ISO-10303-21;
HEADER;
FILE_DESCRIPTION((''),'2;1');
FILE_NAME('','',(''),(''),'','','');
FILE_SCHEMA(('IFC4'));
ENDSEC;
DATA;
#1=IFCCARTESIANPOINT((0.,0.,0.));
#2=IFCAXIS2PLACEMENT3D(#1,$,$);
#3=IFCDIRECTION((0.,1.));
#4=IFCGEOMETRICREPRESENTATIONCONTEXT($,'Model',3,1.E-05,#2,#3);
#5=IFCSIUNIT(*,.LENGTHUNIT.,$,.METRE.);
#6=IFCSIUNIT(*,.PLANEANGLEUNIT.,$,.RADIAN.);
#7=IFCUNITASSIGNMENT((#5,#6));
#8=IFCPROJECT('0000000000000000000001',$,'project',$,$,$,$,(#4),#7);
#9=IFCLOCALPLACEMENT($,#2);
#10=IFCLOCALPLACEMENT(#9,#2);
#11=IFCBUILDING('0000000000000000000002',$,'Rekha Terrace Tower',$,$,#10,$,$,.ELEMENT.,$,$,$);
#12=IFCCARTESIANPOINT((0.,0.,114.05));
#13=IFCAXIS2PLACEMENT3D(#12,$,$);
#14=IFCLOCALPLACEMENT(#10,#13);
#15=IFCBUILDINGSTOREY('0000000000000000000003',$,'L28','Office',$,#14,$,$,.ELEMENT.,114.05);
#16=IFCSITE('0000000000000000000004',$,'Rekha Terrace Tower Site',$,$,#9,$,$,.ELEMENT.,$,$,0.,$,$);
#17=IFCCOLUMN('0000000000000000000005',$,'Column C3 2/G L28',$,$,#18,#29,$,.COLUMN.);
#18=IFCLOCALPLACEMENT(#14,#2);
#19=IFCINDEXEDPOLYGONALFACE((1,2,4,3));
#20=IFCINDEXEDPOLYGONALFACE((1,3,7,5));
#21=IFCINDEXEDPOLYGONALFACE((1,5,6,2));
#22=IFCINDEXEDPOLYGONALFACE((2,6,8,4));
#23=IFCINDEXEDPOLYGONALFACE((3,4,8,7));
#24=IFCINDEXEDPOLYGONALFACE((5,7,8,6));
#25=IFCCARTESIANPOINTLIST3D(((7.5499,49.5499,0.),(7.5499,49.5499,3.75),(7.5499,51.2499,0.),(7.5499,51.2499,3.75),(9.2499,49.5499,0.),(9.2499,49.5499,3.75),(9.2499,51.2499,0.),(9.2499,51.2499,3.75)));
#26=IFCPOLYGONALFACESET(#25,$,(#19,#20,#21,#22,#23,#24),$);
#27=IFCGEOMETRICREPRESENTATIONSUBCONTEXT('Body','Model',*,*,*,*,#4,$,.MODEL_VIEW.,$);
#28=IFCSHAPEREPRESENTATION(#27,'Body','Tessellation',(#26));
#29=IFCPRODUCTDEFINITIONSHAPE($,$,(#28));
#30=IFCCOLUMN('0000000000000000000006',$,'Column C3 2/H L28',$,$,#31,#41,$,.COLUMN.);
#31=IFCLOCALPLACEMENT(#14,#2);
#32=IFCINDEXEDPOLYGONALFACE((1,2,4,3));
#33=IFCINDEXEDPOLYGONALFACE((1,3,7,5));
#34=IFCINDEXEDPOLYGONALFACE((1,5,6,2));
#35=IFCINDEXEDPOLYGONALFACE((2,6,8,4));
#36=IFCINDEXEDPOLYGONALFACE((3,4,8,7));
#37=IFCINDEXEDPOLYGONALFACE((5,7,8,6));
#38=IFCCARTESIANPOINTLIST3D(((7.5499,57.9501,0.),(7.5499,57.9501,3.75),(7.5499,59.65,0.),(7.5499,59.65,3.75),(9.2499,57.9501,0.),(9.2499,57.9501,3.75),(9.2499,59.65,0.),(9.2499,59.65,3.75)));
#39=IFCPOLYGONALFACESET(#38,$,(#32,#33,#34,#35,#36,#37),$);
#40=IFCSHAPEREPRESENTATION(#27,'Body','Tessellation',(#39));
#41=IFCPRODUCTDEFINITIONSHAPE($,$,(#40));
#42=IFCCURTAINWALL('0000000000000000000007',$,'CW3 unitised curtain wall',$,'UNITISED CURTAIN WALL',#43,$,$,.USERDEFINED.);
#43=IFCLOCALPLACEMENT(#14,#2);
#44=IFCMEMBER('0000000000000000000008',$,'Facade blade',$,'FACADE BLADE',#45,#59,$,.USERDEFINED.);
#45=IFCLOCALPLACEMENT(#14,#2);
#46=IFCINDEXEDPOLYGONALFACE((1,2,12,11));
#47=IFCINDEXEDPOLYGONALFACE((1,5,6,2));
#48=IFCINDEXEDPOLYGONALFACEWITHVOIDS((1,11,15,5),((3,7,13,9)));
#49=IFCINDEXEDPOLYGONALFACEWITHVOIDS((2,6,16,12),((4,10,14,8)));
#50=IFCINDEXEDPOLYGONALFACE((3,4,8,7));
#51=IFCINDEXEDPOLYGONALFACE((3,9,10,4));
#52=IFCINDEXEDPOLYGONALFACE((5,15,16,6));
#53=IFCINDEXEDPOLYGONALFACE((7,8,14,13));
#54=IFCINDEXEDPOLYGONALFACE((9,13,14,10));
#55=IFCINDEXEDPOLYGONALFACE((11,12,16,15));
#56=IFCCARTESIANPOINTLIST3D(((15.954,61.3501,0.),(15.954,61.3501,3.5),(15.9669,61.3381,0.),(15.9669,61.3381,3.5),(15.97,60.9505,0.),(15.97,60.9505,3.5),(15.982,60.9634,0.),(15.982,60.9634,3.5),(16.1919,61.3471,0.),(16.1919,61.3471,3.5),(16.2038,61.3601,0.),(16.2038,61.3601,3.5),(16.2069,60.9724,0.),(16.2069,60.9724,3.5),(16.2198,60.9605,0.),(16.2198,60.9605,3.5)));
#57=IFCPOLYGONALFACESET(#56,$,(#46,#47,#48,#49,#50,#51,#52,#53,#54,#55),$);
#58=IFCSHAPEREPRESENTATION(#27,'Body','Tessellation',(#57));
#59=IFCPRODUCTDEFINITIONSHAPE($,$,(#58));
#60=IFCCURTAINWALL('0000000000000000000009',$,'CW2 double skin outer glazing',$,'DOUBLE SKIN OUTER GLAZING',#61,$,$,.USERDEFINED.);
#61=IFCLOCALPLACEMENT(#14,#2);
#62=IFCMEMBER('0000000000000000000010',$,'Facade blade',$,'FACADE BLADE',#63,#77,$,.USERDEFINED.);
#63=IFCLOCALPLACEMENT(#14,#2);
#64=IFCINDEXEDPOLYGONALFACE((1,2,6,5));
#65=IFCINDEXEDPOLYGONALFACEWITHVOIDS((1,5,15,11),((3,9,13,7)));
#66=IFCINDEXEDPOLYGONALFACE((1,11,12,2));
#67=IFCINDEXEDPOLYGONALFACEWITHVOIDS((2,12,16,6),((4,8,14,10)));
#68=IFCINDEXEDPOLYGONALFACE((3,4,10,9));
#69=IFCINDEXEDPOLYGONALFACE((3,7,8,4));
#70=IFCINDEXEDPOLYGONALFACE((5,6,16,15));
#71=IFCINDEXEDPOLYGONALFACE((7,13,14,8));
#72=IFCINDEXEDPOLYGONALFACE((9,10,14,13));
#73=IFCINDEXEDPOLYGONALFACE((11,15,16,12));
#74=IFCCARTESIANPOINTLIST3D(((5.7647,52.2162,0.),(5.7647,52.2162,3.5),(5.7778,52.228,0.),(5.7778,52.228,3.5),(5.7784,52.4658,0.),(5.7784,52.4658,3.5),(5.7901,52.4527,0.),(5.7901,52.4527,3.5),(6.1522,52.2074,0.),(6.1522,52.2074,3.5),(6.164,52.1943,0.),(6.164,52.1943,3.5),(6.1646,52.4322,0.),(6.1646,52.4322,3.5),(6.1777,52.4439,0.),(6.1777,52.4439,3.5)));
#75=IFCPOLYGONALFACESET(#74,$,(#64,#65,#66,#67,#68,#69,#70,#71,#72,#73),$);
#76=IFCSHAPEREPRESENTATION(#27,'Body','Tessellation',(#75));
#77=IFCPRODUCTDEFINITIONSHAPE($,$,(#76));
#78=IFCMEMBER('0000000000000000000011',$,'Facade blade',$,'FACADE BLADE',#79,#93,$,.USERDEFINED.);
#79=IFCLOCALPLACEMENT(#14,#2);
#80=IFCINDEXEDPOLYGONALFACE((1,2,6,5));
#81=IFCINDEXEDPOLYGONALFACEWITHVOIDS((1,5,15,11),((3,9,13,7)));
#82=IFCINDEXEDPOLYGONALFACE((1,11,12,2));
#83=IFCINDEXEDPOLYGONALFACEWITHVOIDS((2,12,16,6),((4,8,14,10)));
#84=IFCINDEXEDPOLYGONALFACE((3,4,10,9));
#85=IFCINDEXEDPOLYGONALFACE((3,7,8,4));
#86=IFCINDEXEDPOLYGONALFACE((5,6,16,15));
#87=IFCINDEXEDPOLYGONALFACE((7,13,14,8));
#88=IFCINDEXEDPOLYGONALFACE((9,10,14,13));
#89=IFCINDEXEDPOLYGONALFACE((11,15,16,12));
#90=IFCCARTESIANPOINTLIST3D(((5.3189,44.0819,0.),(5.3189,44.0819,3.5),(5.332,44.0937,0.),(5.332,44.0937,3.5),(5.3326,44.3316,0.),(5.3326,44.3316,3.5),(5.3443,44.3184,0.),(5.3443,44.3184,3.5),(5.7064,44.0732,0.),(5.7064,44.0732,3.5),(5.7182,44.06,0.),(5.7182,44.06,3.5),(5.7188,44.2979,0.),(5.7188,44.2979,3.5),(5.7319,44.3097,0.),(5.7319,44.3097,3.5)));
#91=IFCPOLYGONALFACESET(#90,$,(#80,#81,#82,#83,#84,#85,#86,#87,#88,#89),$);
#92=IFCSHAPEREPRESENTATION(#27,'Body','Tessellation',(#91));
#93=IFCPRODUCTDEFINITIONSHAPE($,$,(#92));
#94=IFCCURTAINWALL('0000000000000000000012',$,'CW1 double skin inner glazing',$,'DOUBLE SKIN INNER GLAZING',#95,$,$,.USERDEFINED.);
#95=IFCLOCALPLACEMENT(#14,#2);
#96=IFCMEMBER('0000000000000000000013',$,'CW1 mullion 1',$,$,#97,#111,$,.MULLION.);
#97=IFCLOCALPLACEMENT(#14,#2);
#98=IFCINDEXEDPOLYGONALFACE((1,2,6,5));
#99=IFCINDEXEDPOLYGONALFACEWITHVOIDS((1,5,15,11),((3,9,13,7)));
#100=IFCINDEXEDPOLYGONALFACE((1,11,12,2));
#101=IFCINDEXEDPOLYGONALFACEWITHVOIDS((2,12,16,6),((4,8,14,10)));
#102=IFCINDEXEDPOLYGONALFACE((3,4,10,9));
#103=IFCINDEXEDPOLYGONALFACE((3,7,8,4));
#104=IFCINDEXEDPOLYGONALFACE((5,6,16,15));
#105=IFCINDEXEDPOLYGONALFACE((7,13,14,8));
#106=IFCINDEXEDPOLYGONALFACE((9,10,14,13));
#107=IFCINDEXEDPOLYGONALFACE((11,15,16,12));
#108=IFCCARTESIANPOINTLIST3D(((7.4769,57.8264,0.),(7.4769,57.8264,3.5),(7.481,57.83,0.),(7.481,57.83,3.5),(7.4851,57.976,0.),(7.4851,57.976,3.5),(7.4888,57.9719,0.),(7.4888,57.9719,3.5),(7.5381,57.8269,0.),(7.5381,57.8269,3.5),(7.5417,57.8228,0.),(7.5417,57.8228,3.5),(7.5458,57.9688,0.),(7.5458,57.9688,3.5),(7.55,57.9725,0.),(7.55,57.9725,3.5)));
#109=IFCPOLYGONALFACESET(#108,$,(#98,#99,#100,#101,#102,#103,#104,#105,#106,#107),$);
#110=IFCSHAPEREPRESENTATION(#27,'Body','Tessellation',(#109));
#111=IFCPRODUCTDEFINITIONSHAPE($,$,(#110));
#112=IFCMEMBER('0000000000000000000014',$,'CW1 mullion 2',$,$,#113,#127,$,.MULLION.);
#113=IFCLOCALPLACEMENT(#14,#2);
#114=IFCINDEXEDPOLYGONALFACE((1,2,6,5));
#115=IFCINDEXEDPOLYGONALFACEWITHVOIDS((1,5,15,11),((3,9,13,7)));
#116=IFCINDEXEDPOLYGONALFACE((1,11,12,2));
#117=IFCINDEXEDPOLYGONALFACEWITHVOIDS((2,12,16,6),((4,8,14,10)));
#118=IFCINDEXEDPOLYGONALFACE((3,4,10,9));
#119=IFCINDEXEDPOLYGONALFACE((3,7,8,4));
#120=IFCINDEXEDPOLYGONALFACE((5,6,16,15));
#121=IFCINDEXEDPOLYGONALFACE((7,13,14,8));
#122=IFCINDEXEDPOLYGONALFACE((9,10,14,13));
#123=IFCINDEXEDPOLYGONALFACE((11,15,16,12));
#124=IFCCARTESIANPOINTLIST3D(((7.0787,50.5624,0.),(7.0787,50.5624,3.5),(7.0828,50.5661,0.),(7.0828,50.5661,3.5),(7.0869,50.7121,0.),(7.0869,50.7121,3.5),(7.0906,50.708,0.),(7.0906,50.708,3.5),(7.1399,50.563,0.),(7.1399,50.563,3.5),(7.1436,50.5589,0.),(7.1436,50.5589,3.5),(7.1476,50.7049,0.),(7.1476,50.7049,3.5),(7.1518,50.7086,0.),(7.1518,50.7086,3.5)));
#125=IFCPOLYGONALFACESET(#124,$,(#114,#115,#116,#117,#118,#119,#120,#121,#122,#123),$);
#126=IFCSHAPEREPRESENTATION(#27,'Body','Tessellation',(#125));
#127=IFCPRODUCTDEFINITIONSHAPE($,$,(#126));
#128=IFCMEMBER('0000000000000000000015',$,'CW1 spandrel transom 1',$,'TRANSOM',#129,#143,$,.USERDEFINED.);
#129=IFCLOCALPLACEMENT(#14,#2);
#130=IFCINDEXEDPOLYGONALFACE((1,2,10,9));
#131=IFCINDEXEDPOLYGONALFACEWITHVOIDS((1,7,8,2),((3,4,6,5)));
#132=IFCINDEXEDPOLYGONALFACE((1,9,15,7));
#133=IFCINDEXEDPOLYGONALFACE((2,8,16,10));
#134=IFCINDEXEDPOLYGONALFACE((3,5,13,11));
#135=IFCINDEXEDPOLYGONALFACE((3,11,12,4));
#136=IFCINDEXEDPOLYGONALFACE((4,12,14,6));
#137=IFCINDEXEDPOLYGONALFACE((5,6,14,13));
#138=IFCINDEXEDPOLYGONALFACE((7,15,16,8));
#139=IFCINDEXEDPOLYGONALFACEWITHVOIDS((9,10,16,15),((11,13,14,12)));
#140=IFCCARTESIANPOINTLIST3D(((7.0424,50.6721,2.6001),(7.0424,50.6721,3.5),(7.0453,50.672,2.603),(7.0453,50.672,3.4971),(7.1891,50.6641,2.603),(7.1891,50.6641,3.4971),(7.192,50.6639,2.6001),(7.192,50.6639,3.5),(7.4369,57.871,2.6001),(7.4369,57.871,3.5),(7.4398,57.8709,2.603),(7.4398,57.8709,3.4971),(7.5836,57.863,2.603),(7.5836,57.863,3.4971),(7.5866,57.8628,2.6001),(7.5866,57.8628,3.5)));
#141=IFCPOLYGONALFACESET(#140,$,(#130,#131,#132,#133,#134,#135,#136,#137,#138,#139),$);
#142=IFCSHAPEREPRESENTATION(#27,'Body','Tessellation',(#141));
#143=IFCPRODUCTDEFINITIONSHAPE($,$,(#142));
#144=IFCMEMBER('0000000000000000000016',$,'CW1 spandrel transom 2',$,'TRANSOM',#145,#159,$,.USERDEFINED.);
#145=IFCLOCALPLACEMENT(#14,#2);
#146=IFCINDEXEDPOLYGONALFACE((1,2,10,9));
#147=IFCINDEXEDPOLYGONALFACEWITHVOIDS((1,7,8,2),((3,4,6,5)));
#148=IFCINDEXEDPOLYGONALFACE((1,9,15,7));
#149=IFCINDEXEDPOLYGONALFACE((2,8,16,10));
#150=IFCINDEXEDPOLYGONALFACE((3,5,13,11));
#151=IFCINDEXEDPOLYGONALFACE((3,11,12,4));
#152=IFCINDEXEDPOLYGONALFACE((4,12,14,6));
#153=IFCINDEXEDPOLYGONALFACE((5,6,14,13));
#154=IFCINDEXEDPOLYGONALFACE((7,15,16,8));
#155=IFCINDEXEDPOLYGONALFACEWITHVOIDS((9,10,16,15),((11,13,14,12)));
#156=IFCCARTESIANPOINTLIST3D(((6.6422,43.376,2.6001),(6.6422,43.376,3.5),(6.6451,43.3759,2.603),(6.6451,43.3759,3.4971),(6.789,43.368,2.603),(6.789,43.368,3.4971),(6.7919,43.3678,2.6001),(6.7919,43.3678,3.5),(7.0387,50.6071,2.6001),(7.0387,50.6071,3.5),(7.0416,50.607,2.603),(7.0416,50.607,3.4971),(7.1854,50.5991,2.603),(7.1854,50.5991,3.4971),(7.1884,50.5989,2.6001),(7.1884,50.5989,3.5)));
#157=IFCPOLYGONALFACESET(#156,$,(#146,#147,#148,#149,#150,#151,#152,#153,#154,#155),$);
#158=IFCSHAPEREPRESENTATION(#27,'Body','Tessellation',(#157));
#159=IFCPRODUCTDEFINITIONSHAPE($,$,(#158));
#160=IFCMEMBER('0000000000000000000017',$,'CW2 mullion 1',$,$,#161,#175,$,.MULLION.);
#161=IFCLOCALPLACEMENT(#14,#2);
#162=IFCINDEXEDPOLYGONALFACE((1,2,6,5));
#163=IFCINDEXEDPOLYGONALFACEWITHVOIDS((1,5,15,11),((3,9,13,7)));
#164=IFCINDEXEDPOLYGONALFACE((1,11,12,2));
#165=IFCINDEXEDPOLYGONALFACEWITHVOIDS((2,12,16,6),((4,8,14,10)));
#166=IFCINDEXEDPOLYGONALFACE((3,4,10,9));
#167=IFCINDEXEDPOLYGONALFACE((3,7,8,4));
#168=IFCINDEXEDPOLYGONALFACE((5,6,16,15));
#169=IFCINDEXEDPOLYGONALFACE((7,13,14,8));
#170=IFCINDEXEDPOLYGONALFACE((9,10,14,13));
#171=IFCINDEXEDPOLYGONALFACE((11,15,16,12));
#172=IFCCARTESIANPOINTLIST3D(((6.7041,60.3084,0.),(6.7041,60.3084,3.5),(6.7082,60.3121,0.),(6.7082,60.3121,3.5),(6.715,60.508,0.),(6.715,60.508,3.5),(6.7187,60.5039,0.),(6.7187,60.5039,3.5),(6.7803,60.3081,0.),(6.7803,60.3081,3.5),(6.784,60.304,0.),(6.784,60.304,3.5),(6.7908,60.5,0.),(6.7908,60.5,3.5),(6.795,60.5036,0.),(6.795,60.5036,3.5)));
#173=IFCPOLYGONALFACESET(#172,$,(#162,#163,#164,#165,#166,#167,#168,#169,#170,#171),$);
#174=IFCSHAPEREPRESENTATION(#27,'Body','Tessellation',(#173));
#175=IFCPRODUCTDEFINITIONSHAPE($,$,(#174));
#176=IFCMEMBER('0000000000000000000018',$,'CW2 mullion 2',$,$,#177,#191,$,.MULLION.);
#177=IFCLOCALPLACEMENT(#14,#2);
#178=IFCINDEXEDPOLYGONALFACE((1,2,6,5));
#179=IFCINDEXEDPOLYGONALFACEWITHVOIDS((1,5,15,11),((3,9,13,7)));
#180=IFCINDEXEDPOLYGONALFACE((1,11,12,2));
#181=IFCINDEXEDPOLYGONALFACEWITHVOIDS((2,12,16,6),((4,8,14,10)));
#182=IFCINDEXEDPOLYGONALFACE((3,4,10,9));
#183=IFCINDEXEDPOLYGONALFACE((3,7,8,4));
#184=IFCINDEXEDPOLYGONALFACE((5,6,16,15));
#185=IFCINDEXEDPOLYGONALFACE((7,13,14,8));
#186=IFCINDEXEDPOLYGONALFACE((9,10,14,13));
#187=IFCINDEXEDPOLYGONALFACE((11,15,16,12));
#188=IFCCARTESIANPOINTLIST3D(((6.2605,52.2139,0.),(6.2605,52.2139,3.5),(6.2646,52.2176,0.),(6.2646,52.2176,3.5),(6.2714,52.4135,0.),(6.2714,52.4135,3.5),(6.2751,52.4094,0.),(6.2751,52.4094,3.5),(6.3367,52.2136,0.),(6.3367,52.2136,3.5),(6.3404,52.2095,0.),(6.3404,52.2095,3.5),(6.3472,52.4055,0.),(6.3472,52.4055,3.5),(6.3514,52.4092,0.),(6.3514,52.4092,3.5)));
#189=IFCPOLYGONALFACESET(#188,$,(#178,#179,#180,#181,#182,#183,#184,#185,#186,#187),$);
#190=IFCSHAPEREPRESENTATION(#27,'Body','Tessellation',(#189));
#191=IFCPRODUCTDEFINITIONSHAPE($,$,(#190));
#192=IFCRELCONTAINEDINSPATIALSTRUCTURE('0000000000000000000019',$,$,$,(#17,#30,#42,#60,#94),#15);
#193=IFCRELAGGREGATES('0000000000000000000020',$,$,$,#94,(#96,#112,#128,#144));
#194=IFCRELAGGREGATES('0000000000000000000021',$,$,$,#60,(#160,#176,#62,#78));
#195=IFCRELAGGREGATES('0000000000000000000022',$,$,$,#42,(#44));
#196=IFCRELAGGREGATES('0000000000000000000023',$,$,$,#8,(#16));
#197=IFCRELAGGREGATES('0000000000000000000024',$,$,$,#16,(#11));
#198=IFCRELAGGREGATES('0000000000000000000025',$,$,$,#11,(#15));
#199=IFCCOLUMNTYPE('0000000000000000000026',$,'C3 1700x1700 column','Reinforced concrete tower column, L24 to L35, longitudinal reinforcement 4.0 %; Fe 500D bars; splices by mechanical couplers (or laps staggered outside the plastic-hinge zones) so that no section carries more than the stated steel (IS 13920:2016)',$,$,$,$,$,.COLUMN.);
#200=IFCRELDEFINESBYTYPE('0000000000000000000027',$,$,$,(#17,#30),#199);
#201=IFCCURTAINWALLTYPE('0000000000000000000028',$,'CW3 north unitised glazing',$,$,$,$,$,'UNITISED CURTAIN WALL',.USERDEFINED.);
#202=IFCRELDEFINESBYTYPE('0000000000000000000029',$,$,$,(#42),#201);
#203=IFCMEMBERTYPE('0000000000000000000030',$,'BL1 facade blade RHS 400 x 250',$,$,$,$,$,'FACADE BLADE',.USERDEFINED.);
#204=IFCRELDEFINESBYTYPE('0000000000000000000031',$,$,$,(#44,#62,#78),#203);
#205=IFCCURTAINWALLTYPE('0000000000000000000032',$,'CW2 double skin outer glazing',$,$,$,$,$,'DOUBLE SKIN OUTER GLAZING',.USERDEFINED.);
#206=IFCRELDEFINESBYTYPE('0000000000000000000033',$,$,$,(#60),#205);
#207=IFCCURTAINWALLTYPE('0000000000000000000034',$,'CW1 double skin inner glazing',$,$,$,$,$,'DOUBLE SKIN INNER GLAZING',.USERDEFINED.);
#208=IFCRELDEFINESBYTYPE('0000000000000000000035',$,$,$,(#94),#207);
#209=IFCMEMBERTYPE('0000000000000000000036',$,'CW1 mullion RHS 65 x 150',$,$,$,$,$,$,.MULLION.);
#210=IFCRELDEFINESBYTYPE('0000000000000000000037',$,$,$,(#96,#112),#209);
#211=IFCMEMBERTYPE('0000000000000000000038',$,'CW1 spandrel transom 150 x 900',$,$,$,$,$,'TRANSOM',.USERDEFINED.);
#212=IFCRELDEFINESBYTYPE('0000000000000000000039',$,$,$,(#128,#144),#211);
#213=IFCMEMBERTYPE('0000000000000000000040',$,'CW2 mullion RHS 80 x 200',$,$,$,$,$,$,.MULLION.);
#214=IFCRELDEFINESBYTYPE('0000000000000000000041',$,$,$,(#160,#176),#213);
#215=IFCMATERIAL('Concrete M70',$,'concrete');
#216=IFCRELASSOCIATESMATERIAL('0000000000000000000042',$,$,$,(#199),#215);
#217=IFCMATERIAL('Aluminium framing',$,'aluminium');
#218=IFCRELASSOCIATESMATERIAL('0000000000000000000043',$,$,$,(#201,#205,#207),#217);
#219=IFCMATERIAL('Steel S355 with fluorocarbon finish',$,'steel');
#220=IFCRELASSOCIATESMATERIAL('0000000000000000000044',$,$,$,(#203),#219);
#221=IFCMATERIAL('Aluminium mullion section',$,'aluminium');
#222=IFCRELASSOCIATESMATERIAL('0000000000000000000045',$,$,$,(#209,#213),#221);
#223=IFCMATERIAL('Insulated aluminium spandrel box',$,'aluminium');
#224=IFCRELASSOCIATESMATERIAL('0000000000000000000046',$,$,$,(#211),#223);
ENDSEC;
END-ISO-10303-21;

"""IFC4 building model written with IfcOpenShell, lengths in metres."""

from ifc_helpers import new_model, si_unit, direction, frame, origin, origin_2d, place, context, subcontext, project, spatial, rectangle, hollow_rectangle, extrude, material, material_profile, profile_set, type_object, element, aggregate, save


model = new_model("IFC4")

# Units and contexts
model_context = context("Model", 3, precision=1e-05, world=origin(), true_north=direction((0.0, 1.0)))
body_context = subcontext(model_context, "Body", "Model", "MODEL_VIEW")
ifc_project = project(units=[si_unit("LENGTHUNIT", "METRE"), si_unit("PLANEANGLEUNIT", "RADIAN")], contexts=[model_context])

# Site, building, storey
site_placement = place(None, origin())
site = spatial("IfcSite", under=ifc_project, at=site_placement, Name="Rekha Terrace Tower Site", CompositionType="ELEMENT", RefElevation=0.0)
building_placement = place(site_placement, origin())
building = spatial("IfcBuilding", under=site, at=building_placement, Name="Rekha Terrace Tower", CompositionType="ELEMENT")
storey_placement = place(building_placement, frame((0.0, 0.0, 114.05)))
storey = spatial("IfcBuildingStorey", under=building, at=storey_placement, Name="L28", Description="Office", CompositionType="ELEMENT", Elevation=114.05)

# Columns
ifc_material_1 = material(Name="Concrete M70", Category="concrete")
ifc_material_profile_1 = material_profile(ifc_material_1, rectangle(XDim=1.7, YDim=1.7, at=origin_2d()), Name="RC 1700x1700")
ifc_profile_set_1 = profile_set([ifc_material_profile_1], Name="Concrete M70")
column_type = type_object("IfcColumnType", Name="C3 1700x1700 column", Description="Reinforced concrete tower column, L24 to L35, longitudinal reinforcement 4.0 %; Fe 500D bars; splices by mechanical couplers (or laps staggered outside the plastic-hinge zones) so that no section carries more than the stated steel (IS 13920:2016)", PredefinedType="COLUMN", material=ifc_profile_set_1)
for number, where, z_axis, x_axis, name in (
    (1, (8.3999, 50.3999, 0.0), (0.0, 0.0, 1.0), (1.0, 0.0, 0.0), "Column C3 2/G L28"),
    (2, (8.3999, 58.8, 0.0), (0.0, 0.0, 1.0), (1.0, 0.0, 0.0), "Column C3 2/H L28"),
):
    element("IfcColumn", number, at=place(storey_placement, frame(where, z_axis=z_axis, x_axis=x_axis)), inside=storey, type_object=column_type, Name=name, PredefinedType="COLUMN", context=body_context, shape_type="SweptSolid", body=[
        extrude(rectangle(XDim=1.7, YDim=1.7, at=origin_2d()), origin(), (0.0, 0.0, 1.0), 3.75),
    ])

# Curtain wall, member
ifc_material_2 = material(Name="Aluminium framing", Category="aluminium")
curtain_wall_type_1 = type_object("IfcCurtainWallType", Name="CW3 north unitised glazing", ElementType="UNITISED CURTAIN WALL", PredefinedType="USERDEFINED", material=ifc_material_2)
curtain_wall_1_placement = place(storey_placement, origin())
curtain_wall_1 = element("IfcCurtainWall", 3, at=curtain_wall_1_placement, inside=storey, type_object=curtain_wall_type_1, Name="CW3 unitised curtain wall", ObjectType="UNITISED CURTAIN WALL", PredefinedType="USERDEFINED")
ifc_material_3 = material(Name="Steel S355 with fluorocarbon finish", Category="steel")
ifc_material_profile_2 = material_profile(ifc_material_3, hollow_rectangle(XDim=0.25, YDim=0.3999, WallThickness=0.0125, at=origin_2d()), Name="RHS400x250x12.5")
ifc_profile_set_2 = profile_set([ifc_material_profile_2], Name="Steel S355 with fluorocarbon finish")
member_type_1 = type_object("IfcMemberType", Name="BL1 facade blade RHS 400 x 250", ElementType="FACADE BLADE", PredefinedType="USERDEFINED", material=ifc_profile_set_2)
member_1_placement = place(storey_placement, frame((16.0869, 61.1553, 0.0), z_axis=(0.0, 0.0, 1.0), x_axis=(-0.999198, -0.040032, 0.0)))
member_1 = element("IfcMember", 4, at=member_1_placement, type_object=member_type_1, Name="Facade blade", ObjectType="FACADE BLADE", PredefinedType="USERDEFINED", context=body_context, shape_type="SweptSolid", body=[
    extrude(hollow_rectangle(XDim=0.25, YDim=0.3999, WallThickness=0.0125, at=origin_2d()), origin(), (0.0, 0.0, 1.0), 3.5),
])

# Curtain walls, members
curtain_wall_type_2 = type_object("IfcCurtainWallType", Name="CW2 double skin outer glazing", ElementType="DOUBLE SKIN OUTER GLAZING", PredefinedType="USERDEFINED", material=ifc_material_2)
curtain_wall_2_placement = place(storey_placement, origin())
curtain_wall_2 = element("IfcCurtainWall", 5, at=curtain_wall_2_placement, inside=storey, type_object=curtain_wall_type_2, Name="CW2 double skin outer glazing", ObjectType="DOUBLE SKIN OUTER GLAZING", PredefinedType="USERDEFINED")
member_2_placement = place(storey_placement, frame((5.9712, 52.3301, 0.0), z_axis=(0.0, 0.0, 1.0), x_axis=(-0.054743, -0.9985, 0.0)))
member_2 = element("IfcMember", 6, at=member_2_placement, type_object=member_type_1, Name="Facade blade", ObjectType="FACADE BLADE", PredefinedType="USERDEFINED", context=body_context, shape_type="SweptSolid", body=[
    extrude(hollow_rectangle(XDim=0.25, YDim=0.3999, WallThickness=0.0125, at=origin_2d()), origin(), (0.0, 0.0, 1.0), 3.5),
])
member_3_placement = place(storey_placement, frame((5.5254, 44.1958, 0.0), z_axis=(0.0, 0.0, 1.0), x_axis=(-0.054743, -0.9985, 0.0)))
member_3 = element("IfcMember", 7, at=member_3_placement, type_object=member_type_1, Name="Facade blade", ObjectType="FACADE BLADE", PredefinedType="USERDEFINED", context=body_context, shape_type="SweptSolid", body=[
    extrude(hollow_rectangle(XDim=0.25, YDim=0.3999, WallThickness=0.0125, at=origin_2d()), origin(), (0.0, 0.0, 1.0), 3.5),
])
curtain_wall_type_3 = type_object("IfcCurtainWallType", Name="CW1 double skin inner glazing", ElementType="DOUBLE SKIN INNER GLAZING", PredefinedType="USERDEFINED", material=ifc_material_2)
curtain_wall_3_placement = place(storey_placement, origin())
curtain_wall_3 = element("IfcCurtainWall", 8, at=curtain_wall_3_placement, inside=storey, type_object=curtain_wall_type_3, Name="CW1 double skin inner glazing", ObjectType="DOUBLE SKIN INNER GLAZING", PredefinedType="USERDEFINED")
ifc_material_4 = material(Name="Aluminium mullion section", Category="aluminium")
ifc_material_profile_3 = material_profile(ifc_material_4, hollow_rectangle(XDim=0.0649, YDim=0.1499, WallThickness=0.0039, at=origin_2d()), Name="AL RHS 65x150")
ifc_profile_set_3 = profile_set([ifc_material_profile_3], Name="Aluminium mullion section")
member_type_2 = type_object("IfcMemberType", Name="CW1 mullion RHS 65 x 150", PredefinedType="MULLION", material=ifc_profile_set_3)
member_4_placement = place(storey_placement, frame((7.5134, 57.8994, 0.0), z_axis=(0.0, 0.0, 1.0), x_axis=(0.998501, -0.054742, 0.0)))
member_4 = element("IfcMember", 9, at=member_4_placement, type_object=member_type_2, Name="CW1 mullion 1", PredefinedType="MULLION", context=body_context, shape_type="SweptSolid", body=[
    extrude(hollow_rectangle(XDim=0.0649, YDim=0.1499, WallThickness=0.0039, at=origin_2d()), origin(), (0.0, 0.0, 1.0), 3.5),
])
member_5_placement = place(storey_placement, frame((7.1152, 50.6355, 0.0), z_axis=(0.0, 0.0, 1.0), x_axis=(0.998501, -0.054742, 0.0)))
member_5 = element("IfcMember", 10, at=member_5_placement, type_object=member_type_2, Name="CW1 mullion 2", PredefinedType="MULLION", context=body_context, shape_type="SweptSolid", body=[
    extrude(hollow_rectangle(XDim=0.0649, YDim=0.1499, WallThickness=0.0039, at=origin_2d()), origin(), (0.0, 0.0, 1.0), 3.5),
])
ifc_material_5 = material(Name="Insulated aluminium spandrel box", Category="aluminium")
ifc_material_profile_4 = material_profile(ifc_material_5, hollow_rectangle(XDim=0.1499, YDim=0.8999, WallThickness=0.0029, at=origin_2d()), Name="AL SPANDREL BOX 150x900")
ifc_profile_set_4 = profile_set([ifc_material_profile_4], Name="Insulated aluminium spandrel box")
member_type_3 = type_object("IfcMemberType", Name="CW1 spandrel transom 150 x 900", ElementType="TRANSOM", PredefinedType="USERDEFINED", material=ifc_profile_set_4)
member_6_placement = place(storey_placement, frame((7.5117, 57.8669, 3.05), z_axis=(-0.054722, -0.998502, 0.0), x_axis=(0.998502, -0.054722, 0.0)))
member_6 = element("IfcMember", 11, at=member_6_placement, type_object=member_type_3, Name="CW1 spandrel transom 1", ObjectType="TRANSOM", PredefinedType="USERDEFINED", context=body_context, shape_type="SweptSolid", body=[
    extrude(hollow_rectangle(XDim=0.1499, YDim=0.8999, WallThickness=0.0029, at=origin_2d()), origin(), (0.0, 0.0, 1.0), 7.2097),
])
member_7_placement = place(storey_placement, frame((7.1135, 50.603, 3.05), z_axis=(-0.054747, -0.9985, 0.0), x_axis=(0.9985, -0.054747, 0.0)))
member_7 = element("IfcMember", 12, at=member_7_placement, type_object=member_type_3, Name="CW1 spandrel transom 2", ObjectType="TRANSOM", PredefinedType="USERDEFINED", context=body_context, shape_type="SweptSolid", body=[
    extrude(hollow_rectangle(XDim=0.1499, YDim=0.8999, WallThickness=0.0029, at=origin_2d()), origin(), (0.0, 0.0, 1.0), 7.2419),
])

# Members
ifc_material_profile_5 = material_profile(ifc_material_4, hollow_rectangle(XDim=0.0801, YDim=0.2, WallThickness=0.0039, at=origin_2d()), Name="AL RHS 80x200")
ifc_profile_set_5 = profile_set([ifc_material_profile_5], Name="Aluminium mullion section")
member_type_4 = type_object("IfcMemberType", Name="CW2 mullion RHS 80 x 200", PredefinedType="MULLION", material=ifc_profile_set_5)
member_8_placement = place(storey_placement, frame((6.7495, 60.406, 0.0), z_axis=(0.0, 0.0, 1.0), x_axis=(0.998501, -0.054742, 0.0)))
member_8 = element("IfcMember", 13, at=member_8_placement, type_object=member_type_4, Name="CW2 mullion 1", PredefinedType="MULLION", context=body_context, shape_type="SweptSolid", body=[
    extrude(hollow_rectangle(XDim=0.0801, YDim=0.2, WallThickness=0.0039, at=origin_2d()), origin(), (0.0, 0.0, 1.0), 3.5),
])
member_9_placement = place(storey_placement, frame((6.3059, 52.3115, 0.0), z_axis=(0.0, 0.0, 1.0), x_axis=(0.998501, -0.054742, 0.0)))
member_9 = element("IfcMember", 14, at=member_9_placement, type_object=member_type_4, Name="CW2 mullion 2", PredefinedType="MULLION", context=body_context, shape_type="SweptSolid", body=[
    extrude(hollow_rectangle(XDim=0.0801, YDim=0.2, WallThickness=0.0039, at=origin_2d()), origin(), (0.0, 0.0, 1.0), 3.5),
])

aggregate(curtain_wall_3, [member_4, member_5, member_6, member_7])
aggregate(curtain_wall_2, [member_8, member_9, member_2, member_3])
aggregate(curtain_wall_1, [member_1])

save(model, "model.ifc")
